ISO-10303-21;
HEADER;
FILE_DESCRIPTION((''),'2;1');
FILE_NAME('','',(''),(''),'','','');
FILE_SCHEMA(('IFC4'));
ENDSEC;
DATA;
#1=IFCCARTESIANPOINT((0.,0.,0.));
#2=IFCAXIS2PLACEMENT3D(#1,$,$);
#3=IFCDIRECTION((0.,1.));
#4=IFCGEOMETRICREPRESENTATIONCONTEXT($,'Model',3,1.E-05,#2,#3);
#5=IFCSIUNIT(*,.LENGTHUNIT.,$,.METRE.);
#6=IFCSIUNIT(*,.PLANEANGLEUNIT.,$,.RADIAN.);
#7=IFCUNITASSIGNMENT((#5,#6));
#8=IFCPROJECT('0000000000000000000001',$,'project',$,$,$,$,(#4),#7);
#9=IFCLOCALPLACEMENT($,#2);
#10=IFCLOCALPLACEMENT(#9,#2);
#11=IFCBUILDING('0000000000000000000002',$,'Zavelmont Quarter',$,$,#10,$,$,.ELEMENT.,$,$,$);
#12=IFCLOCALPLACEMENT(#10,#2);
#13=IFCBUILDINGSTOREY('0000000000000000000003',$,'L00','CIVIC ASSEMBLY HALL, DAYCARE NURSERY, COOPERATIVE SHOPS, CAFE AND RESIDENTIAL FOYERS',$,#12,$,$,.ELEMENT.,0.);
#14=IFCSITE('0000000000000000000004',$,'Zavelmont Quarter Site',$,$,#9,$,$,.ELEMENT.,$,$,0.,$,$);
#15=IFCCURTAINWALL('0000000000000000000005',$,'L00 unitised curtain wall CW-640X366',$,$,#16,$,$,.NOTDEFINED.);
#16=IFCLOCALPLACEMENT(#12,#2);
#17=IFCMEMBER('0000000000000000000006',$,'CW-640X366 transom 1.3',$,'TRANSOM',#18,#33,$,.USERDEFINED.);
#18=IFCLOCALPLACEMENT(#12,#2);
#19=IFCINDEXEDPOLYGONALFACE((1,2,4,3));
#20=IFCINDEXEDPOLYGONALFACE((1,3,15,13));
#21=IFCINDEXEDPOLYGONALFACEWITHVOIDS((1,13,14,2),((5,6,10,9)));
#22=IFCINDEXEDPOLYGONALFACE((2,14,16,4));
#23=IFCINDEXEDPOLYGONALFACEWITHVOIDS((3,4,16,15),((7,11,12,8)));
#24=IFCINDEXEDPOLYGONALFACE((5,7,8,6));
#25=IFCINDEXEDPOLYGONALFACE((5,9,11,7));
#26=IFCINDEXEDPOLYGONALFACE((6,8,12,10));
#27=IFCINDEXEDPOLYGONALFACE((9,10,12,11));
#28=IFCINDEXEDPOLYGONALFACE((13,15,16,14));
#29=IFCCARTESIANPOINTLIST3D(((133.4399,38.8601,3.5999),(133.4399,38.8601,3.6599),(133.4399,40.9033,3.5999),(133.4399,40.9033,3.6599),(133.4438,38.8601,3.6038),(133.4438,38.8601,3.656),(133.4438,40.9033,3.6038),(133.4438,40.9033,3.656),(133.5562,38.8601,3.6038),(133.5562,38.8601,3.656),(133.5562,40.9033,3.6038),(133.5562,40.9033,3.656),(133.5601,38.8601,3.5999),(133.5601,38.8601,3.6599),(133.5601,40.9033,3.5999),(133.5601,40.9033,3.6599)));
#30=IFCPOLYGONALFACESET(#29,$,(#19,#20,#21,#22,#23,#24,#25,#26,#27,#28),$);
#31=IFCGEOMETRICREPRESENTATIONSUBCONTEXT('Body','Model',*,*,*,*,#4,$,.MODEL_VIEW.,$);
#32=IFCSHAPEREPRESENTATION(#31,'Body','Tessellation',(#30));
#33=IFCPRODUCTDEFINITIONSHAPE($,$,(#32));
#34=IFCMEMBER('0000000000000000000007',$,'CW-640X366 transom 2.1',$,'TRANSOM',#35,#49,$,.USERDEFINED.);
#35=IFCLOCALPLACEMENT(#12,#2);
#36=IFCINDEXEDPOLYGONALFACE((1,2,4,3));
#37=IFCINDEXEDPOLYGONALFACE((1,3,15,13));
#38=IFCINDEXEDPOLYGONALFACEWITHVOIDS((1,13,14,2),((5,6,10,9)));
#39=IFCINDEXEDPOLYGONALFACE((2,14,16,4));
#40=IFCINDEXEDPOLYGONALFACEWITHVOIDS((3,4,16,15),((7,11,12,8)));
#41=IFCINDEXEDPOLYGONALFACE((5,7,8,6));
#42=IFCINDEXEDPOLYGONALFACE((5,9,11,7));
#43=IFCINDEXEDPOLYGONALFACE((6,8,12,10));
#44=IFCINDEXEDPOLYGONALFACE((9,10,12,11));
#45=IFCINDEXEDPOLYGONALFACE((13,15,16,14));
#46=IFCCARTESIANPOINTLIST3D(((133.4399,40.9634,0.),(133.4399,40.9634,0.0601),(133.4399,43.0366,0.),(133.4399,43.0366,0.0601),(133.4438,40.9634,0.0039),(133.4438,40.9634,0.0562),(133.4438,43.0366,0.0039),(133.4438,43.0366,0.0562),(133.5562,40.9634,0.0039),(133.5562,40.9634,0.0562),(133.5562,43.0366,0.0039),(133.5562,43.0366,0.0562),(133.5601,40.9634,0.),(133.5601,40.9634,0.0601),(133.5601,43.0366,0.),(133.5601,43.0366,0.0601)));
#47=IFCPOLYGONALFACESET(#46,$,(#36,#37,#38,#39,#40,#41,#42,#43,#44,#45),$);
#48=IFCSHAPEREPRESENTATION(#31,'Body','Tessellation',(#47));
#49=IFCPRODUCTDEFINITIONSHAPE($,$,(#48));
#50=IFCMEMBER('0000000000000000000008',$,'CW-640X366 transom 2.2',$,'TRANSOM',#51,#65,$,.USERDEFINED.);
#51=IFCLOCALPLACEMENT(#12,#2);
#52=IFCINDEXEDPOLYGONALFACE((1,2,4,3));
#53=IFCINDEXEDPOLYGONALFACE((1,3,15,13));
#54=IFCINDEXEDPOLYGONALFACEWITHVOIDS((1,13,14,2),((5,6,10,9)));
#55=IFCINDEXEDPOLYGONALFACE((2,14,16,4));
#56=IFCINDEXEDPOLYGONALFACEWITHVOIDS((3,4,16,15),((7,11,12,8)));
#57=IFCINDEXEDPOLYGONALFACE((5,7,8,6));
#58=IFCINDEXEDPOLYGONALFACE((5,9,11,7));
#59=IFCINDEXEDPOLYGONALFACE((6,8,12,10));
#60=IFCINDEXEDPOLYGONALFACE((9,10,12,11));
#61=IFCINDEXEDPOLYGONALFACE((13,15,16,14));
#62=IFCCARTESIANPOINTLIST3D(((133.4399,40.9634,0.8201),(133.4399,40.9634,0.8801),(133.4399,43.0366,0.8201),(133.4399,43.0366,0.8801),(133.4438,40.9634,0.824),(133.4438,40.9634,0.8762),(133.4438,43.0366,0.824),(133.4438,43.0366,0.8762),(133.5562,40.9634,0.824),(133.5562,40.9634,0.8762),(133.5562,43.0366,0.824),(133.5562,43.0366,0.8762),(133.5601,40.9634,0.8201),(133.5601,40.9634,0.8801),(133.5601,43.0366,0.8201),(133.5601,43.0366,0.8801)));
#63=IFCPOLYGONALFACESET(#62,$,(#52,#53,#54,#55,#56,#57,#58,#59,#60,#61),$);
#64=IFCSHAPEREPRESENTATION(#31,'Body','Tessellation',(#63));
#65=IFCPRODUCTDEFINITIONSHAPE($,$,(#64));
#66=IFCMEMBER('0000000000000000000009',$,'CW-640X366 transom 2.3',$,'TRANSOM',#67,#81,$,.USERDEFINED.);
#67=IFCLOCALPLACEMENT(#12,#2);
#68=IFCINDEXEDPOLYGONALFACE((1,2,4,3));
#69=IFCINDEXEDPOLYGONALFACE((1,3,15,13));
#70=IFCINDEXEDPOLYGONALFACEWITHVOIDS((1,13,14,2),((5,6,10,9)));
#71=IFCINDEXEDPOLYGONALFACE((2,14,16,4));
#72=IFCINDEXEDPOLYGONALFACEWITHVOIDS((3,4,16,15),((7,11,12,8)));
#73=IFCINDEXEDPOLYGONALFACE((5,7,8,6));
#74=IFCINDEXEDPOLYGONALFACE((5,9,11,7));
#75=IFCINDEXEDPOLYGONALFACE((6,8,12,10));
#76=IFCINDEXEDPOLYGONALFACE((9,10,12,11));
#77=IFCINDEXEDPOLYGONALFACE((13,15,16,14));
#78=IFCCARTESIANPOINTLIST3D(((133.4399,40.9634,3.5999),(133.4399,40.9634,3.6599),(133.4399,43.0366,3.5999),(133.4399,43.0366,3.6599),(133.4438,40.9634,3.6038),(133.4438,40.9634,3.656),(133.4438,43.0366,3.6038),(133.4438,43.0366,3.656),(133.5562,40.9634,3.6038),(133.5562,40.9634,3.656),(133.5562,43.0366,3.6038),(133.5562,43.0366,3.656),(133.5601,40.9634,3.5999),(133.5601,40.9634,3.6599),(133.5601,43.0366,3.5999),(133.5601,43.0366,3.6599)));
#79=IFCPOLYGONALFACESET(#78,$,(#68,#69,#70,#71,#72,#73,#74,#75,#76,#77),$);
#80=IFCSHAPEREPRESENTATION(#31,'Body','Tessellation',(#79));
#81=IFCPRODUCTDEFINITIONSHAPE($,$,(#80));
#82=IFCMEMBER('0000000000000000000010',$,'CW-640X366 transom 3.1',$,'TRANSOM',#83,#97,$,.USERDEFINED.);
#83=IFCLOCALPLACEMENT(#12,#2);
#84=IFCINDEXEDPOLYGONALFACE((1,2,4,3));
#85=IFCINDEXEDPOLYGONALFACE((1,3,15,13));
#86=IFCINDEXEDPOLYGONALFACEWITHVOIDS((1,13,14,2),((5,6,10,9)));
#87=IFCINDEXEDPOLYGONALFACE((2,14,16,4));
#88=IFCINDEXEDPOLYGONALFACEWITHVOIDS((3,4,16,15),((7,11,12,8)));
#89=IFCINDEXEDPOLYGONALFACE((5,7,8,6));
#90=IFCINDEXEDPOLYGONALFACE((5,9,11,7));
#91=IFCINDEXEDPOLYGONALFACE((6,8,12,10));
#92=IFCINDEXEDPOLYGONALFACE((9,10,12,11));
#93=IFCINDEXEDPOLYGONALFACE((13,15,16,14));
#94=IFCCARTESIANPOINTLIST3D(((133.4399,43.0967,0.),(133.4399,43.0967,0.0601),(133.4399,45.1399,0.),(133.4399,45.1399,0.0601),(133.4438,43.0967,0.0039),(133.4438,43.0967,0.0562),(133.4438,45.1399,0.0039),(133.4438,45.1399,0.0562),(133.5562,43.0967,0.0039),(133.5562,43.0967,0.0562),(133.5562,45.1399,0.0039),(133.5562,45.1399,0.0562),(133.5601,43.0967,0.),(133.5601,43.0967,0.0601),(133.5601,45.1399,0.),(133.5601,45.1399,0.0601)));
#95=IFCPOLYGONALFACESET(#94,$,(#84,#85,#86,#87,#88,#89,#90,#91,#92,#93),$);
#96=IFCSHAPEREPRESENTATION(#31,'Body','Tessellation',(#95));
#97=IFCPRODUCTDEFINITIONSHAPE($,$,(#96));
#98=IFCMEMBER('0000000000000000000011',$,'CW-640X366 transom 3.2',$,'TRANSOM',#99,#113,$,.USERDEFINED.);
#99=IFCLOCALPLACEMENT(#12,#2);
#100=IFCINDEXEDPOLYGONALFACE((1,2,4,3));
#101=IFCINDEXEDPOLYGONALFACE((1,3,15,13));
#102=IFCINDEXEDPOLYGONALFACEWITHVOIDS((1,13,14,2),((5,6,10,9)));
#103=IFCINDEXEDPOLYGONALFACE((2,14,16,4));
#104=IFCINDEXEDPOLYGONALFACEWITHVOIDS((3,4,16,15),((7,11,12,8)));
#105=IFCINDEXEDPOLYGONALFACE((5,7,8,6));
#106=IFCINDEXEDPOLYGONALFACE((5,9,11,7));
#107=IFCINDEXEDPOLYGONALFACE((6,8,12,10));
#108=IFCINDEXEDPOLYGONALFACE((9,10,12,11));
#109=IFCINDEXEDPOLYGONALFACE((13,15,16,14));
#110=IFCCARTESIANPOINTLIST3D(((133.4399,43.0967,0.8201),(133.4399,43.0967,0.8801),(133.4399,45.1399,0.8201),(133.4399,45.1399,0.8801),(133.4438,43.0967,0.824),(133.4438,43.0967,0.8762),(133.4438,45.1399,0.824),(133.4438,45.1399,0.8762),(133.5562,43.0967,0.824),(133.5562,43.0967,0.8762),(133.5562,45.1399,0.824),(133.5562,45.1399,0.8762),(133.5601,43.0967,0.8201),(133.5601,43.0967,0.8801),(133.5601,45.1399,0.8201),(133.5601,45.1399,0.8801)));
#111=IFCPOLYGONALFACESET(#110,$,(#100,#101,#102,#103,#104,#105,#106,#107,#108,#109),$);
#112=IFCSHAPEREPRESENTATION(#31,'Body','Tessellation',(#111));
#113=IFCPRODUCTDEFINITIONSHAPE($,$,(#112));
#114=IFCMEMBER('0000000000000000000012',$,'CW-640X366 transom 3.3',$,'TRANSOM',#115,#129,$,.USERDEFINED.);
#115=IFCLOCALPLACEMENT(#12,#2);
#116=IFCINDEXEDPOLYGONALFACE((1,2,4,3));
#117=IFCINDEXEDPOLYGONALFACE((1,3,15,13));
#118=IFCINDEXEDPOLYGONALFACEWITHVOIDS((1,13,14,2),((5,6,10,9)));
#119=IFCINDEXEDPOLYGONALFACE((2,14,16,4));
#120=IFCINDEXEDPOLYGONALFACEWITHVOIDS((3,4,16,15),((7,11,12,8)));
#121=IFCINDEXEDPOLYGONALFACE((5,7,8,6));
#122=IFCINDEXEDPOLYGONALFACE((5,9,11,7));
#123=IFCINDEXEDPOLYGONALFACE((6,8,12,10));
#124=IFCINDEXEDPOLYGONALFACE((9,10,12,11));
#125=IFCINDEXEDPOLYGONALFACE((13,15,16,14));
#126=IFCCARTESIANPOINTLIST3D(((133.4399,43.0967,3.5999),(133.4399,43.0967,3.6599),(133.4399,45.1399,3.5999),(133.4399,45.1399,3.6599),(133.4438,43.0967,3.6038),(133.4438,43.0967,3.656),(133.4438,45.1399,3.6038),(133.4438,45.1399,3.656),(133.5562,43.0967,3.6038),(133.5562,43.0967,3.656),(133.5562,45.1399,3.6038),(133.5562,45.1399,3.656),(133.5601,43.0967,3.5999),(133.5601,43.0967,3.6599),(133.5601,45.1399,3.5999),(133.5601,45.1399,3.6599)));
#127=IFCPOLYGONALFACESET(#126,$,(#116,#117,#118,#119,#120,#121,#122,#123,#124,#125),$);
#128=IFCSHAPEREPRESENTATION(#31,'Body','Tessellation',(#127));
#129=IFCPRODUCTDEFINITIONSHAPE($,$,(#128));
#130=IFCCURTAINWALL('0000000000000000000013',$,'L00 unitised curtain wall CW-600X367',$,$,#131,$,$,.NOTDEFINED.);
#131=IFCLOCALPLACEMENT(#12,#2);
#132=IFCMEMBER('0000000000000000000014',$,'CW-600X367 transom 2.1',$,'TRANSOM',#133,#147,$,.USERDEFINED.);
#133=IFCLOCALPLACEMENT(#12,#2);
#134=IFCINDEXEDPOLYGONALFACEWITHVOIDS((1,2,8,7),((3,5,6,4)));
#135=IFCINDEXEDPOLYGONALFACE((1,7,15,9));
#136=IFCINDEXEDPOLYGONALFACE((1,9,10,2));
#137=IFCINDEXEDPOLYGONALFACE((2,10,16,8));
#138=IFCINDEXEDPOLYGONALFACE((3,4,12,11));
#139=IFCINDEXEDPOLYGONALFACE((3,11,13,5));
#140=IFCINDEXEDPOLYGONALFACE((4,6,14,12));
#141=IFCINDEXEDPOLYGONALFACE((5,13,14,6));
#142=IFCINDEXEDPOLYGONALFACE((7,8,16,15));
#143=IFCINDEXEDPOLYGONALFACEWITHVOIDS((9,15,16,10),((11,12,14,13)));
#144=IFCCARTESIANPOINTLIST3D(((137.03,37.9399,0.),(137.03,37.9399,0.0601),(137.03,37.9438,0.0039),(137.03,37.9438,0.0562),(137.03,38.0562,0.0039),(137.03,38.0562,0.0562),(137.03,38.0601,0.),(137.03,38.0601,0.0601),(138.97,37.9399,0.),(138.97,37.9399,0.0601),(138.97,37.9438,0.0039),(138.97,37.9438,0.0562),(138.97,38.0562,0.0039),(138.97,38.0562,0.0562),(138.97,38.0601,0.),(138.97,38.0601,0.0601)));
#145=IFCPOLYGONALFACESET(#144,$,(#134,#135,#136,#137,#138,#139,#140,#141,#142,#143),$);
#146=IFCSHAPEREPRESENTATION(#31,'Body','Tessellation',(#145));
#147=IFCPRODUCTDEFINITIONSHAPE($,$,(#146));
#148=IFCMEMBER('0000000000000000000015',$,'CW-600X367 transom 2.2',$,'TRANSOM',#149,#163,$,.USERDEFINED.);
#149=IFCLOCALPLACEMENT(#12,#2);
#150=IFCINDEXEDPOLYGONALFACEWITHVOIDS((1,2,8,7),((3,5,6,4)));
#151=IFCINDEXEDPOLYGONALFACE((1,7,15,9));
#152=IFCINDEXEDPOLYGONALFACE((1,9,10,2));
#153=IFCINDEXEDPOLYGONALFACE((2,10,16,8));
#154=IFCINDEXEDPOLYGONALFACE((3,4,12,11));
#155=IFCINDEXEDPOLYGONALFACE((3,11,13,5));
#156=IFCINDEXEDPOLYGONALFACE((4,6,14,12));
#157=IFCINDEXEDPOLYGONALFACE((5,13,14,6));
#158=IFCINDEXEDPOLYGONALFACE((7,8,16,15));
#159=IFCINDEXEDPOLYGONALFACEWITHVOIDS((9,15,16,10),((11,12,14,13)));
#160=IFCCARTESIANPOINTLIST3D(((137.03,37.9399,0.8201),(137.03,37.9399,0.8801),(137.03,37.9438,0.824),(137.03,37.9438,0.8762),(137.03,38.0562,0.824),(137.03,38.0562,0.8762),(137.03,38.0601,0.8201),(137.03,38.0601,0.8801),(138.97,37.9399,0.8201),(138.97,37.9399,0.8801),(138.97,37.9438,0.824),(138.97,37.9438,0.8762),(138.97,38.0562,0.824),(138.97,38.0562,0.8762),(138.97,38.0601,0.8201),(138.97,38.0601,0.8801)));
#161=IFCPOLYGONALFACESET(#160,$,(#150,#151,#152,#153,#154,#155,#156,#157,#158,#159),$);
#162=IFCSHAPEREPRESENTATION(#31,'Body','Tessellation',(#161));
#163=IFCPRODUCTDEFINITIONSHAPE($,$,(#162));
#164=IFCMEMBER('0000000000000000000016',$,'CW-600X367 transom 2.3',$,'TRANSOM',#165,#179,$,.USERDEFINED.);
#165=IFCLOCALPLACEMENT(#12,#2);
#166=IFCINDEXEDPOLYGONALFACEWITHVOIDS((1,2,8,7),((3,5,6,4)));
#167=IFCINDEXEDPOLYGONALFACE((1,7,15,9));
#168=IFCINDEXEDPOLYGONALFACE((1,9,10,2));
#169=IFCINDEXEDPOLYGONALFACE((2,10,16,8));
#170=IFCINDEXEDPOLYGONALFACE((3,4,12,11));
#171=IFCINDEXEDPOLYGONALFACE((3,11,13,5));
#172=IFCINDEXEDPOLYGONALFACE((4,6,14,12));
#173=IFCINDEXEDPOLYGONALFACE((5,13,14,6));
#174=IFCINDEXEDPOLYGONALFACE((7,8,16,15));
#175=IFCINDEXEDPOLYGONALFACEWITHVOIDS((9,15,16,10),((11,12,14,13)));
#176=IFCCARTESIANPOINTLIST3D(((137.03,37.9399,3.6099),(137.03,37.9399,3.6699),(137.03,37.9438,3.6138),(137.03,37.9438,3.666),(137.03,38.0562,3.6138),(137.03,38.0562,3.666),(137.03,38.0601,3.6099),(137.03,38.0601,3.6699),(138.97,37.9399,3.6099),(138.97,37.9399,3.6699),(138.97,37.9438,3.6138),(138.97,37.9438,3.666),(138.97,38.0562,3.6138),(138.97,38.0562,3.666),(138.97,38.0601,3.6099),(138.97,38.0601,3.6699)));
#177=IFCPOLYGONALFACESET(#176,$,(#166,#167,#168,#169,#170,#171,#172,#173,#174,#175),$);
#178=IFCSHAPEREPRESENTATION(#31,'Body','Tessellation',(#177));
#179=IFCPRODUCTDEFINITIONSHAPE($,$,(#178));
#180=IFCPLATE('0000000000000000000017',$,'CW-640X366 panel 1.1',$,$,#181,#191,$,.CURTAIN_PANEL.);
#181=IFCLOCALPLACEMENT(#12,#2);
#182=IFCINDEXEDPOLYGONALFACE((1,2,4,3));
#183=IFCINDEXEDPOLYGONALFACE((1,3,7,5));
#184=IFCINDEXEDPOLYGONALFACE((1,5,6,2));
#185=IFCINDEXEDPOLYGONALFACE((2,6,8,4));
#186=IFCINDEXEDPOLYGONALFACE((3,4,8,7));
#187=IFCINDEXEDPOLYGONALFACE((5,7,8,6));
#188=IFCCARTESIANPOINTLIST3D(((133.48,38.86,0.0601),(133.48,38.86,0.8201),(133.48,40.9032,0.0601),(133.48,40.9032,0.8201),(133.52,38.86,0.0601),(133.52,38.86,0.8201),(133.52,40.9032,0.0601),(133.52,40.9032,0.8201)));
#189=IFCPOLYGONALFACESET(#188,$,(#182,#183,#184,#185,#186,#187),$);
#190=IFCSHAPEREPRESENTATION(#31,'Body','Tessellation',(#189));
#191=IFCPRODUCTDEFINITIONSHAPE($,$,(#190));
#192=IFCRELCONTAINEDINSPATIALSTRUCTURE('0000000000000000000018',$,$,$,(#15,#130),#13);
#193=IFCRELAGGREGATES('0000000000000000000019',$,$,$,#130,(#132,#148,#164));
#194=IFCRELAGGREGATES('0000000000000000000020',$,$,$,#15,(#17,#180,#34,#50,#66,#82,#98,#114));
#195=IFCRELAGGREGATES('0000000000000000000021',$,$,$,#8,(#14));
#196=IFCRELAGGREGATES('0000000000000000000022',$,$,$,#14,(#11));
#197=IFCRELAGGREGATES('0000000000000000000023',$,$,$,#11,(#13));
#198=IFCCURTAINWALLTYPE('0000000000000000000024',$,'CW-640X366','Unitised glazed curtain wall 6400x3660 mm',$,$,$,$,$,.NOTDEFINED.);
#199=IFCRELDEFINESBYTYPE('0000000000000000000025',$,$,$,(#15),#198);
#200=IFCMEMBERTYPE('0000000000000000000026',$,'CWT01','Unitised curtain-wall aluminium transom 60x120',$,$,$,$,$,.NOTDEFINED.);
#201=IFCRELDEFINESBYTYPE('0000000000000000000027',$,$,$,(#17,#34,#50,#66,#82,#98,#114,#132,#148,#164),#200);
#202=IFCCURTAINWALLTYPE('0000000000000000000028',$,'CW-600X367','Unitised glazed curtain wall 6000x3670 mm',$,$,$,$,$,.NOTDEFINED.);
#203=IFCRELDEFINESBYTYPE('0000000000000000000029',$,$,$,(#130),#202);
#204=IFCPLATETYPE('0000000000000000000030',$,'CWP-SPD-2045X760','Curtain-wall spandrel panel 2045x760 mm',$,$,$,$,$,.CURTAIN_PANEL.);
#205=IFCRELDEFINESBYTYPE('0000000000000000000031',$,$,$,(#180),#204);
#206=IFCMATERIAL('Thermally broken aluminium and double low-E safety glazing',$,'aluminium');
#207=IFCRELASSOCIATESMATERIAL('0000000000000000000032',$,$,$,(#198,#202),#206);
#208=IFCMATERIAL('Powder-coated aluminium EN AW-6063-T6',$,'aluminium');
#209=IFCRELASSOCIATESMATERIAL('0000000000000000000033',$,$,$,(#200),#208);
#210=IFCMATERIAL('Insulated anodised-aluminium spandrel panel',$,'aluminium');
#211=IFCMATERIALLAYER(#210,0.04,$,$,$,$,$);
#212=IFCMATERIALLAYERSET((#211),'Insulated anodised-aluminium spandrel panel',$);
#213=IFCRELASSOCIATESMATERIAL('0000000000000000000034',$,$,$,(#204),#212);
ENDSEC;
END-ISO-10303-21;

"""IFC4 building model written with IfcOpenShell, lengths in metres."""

from ifc_helpers import new_model, si_unit, direction, frame, origin, origin_2d, place, context, subcontext, project, spatial, rectangle, hollow_rectangle, extrude, material, layer, layer_set, material_profile, profile_set, type_object, element, aggregate, save


model = new_model("IFC4")

# Units and contexts
model_context = context("Model", 3, precision=1e-05, world=origin(), true_north=direction((0.0, 1.0)))
body_context = subcontext(model_context, "Body", "Model", "MODEL_VIEW")
ifc_project = project(units=[si_unit("LENGTHUNIT", "METRE"), si_unit("PLANEANGLEUNIT", "RADIAN")], contexts=[model_context])

# Site, building, storey
site_placement = place(None, origin())
site = spatial("IfcSite", under=ifc_project, at=site_placement, Name="Zavelmont Quarter Site", CompositionType="ELEMENT", RefElevation=0.0)
building_placement = place(site_placement, origin())
building = spatial("IfcBuilding", under=site, at=building_placement, Name="Zavelmont Quarter", CompositionType="ELEMENT")
storey_placement = place(building_placement, origin())
storey = spatial("IfcBuildingStorey", under=building, at=storey_placement, Name="L00", Description="CIVIC ASSEMBLY HALL, DAYCARE NURSERY, COOPERATIVE SHOPS, CAFE AND RESIDENTIAL FOYERS", CompositionType="ELEMENT", Elevation=0.0)

# Curtain walls, members
ifc_material_1 = material(Name="Thermally broken aluminium and double low-E safety glazing", Category="aluminium")
curtain_wall_type_1 = type_object("IfcCurtainWallType", Name="CW-640X366", Description="Unitised glazed curtain wall 6400x3660 mm", PredefinedType="NOTDEFINED", material=ifc_material_1)
curtain_wall_1_placement = place(storey_placement, origin())
curtain_wall_1 = element("IfcCurtainWall", 1, at=curtain_wall_1_placement, inside=storey, type_object=curtain_wall_type_1, Name="L00 unitised curtain wall CW-640X366", PredefinedType="NOTDEFINED")
ifc_material_2 = material(Name="Powder-coated aluminium EN AW-6063-T6", Category="aluminium")
ifc_material_profile_1 = material_profile(ifc_material_2, hollow_rectangle(XDim=0.1201, YDim=0.0601, WallThickness=0.0039, at=origin_2d()), Name="CWT60X120")
ifc_profile_set_1 = profile_set([ifc_material_profile_1], Name="Powder-coated aluminium EN AW-6063-T6")
member_type_1 = type_object("IfcMemberType", Name="CWT01", Description="Unitised curtain-wall aluminium transom 60x120", PredefinedType="NOTDEFINED", material=ifc_profile_set_1)
member_1_placement = place(storey_placement, frame((133.5, 38.8601, 3.6299), z_axis=(0.0, 1.0, 0.0), x_axis=(-1.0, 0.0, 0.0)))
member_1 = element("IfcMember", 2, at=member_1_placement, type_object=member_type_1, Name="CW-640X366 transom 1.3", ObjectType="TRANSOM", PredefinedType="USERDEFINED", context=body_context, shape_type="SweptSolid", body=[
    extrude(hollow_rectangle(XDim=0.1201, YDim=0.0601, WallThickness=0.0039, at=origin_2d()), origin(), (0.0, 0.0, 1.0), 2.0432),
])
member_2_placement = place(storey_placement, frame((133.5, 40.9634, 0.03), z_axis=(0.0, 1.0, 0.0), x_axis=(-1.0, 0.0, 0.0)))
member_2 = element("IfcMember", 3, at=member_2_placement, type_object=member_type_1, Name="CW-640X366 transom 2.1", ObjectType="TRANSOM", PredefinedType="USERDEFINED", context=body_context, shape_type="SweptSolid", body=[
    extrude(hollow_rectangle(XDim=0.1201, YDim=0.0601, WallThickness=0.0039, at=origin_2d()), origin(), (0.0, 0.0, 1.0), 2.0732),
])
member_3_placement = place(storey_placement, frame((133.5, 40.9634, 0.8501), z_axis=(0.0, 1.0, 0.0), x_axis=(-1.0, 0.0, 0.0)))
member_3 = element("IfcMember", 4, at=member_3_placement, type_object=member_type_1, Name="CW-640X366 transom 2.2", ObjectType="TRANSOM", PredefinedType="USERDEFINED", context=body_context, shape_type="SweptSolid", body=[
    extrude(hollow_rectangle(XDim=0.1201, YDim=0.0601, WallThickness=0.0039, at=origin_2d()), origin(), (0.0, 0.0, 1.0), 2.0732),
])
member_4_placement = place(storey_placement, frame((133.5, 40.9634, 3.6299), z_axis=(0.0, 1.0, 0.0), x_axis=(-1.0, 0.0, 0.0)))
member_4 = element("IfcMember", 5, at=member_4_placement, type_object=member_type_1, Name="CW-640X366 transom 2.3", ObjectType="TRANSOM", PredefinedType="USERDEFINED", context=body_context, shape_type="SweptSolid", body=[
    extrude(hollow_rectangle(XDim=0.1201, YDim=0.0601, WallThickness=0.0039, at=origin_2d()), origin(), (0.0, 0.0, 1.0), 2.0732),
])
member_5_placement = place(storey_placement, frame((133.5, 43.0967, 0.03), z_axis=(0.0, 1.0, 0.0), x_axis=(-1.0, 0.0, 0.0)))
member_5 = element("IfcMember", 6, at=member_5_placement, type_object=member_type_1, Name="CW-640X366 transom 3.1", ObjectType="TRANSOM", PredefinedType="USERDEFINED", context=body_context, shape_type="SweptSolid", body=[
    extrude(hollow_rectangle(XDim=0.1201, YDim=0.0601, WallThickness=0.0039, at=origin_2d()), origin(), (0.0, 0.0, 1.0), 2.0432),
])
member_6_placement = place(storey_placement, frame((133.5, 43.0967, 0.8501), z_axis=(0.0, 1.0, 0.0), x_axis=(-1.0, 0.0, 0.0)))
member_6 = element("IfcMember", 7, at=member_6_placement, type_object=member_type_1, Name="CW-640X366 transom 3.2", ObjectType="TRANSOM", PredefinedType="USERDEFINED", context=body_context, shape_type="SweptSolid", body=[
    extrude(hollow_rectangle(XDim=0.1201, YDim=0.0601, WallThickness=0.0039, at=origin_2d()), origin(), (0.0, 0.0, 1.0), 2.0432),
])
member_7_placement = place(storey_placement, frame((133.5, 43.0967, 3.6299), z_axis=(0.0, 1.0, 0.0), x_axis=(-1.0, 0.0, 0.0)))
member_7 = element("IfcMember", 8, at=member_7_placement, type_object=member_type_1, Name="CW-640X366 transom 3.3", ObjectType="TRANSOM", PredefinedType="USERDEFINED", context=body_context, shape_type="SweptSolid", body=[
    extrude(hollow_rectangle(XDim=0.1201, YDim=0.0601, WallThickness=0.0039, at=origin_2d()), origin(), (0.0, 0.0, 1.0), 2.0432),
])
curtain_wall_type_2 = type_object("IfcCurtainWallType", Name="CW-600X367", Description="Unitised glazed curtain wall 6000x3670 mm", PredefinedType="NOTDEFINED", material=ifc_material_1)
curtain_wall_2_placement = place(storey_placement, origin())
curtain_wall_2 = element("IfcCurtainWall", 9, at=curtain_wall_2_placement, inside=storey, type_object=curtain_wall_type_2, Name="L00 unitised curtain wall CW-600X367", PredefinedType="NOTDEFINED")
member_8_placement = place(storey_placement, frame((137.03, 38.0, 0.03), z_axis=(1.0, 0.0, 0.0), x_axis=(0.0, 1.0, 0.0)))
member_8 = element("IfcMember", 10, at=member_8_placement, type_object=member_type_1, Name="CW-600X367 transom 2.1", ObjectType="TRANSOM", PredefinedType="USERDEFINED", context=body_context, shape_type="SweptSolid", body=[
    extrude(hollow_rectangle(XDim=0.1201, YDim=0.0601, WallThickness=0.0039, at=origin_2d()), origin(), (0.0, 0.0, 1.0), 1.9399),
])
member_9_placement = place(storey_placement, frame((137.03, 38.0, 0.8501), z_axis=(1.0, 0.0, 0.0), x_axis=(0.0, 1.0, 0.0)))
member_9 = element("IfcMember", 11, at=member_9_placement, type_object=member_type_1, Name="CW-600X367 transom 2.2", ObjectType="TRANSOM", PredefinedType="USERDEFINED", context=body_context, shape_type="SweptSolid", body=[
    extrude(hollow_rectangle(XDim=0.1201, YDim=0.0601, WallThickness=0.0039, at=origin_2d()), origin(), (0.0, 0.0, 1.0), 1.9399),
])
member_10_placement = place(storey_placement, frame((137.03, 38.0, 3.6399), z_axis=(1.0, 0.0, 0.0), x_axis=(0.0, 1.0, 0.0)))
member_10 = element("IfcMember", 12, at=member_10_placement, type_object=member_type_1, Name="CW-600X367 transom 2.3", ObjectType="TRANSOM", PredefinedType="USERDEFINED", context=body_context, shape_type="SweptSolid", body=[
    extrude(hollow_rectangle(XDim=0.1201, YDim=0.0601, WallThickness=0.0039, at=origin_2d()), origin(), (0.0, 0.0, 1.0), 1.9399),
])
aggregate(curtain_wall_2, [member_8, member_9, member_10])

# Plate
ifc_material_3 = material(Name="Insulated anodised-aluminium spandrel panel", Category="aluminium")
ifc_layer_1 = layer(ifc_material_3, 0.04)
ifc_layer_set_1 = layer_set([ifc_layer_1], Name="Insulated anodised-aluminium spandrel panel")
plate_type_1 = type_object("IfcPlateType", Name="CWP-SPD-2045X760", Description="Curtain-wall spandrel panel 2045x760 mm", PredefinedType="CURTAIN_PANEL", material=ifc_layer_set_1)
plate_1_placement = place(storey_placement, frame((133.5, 39.8816, 0.0601), z_axis=(0.0, 0.0, 1.0), x_axis=(0.0, 1.0, 0.0)))
plate_1 = element("IfcPlate", 13, at=plate_1_placement, type_object=plate_type_1, Name="CW-640X366 panel 1.1", PredefinedType="CURTAIN_PANEL", context=body_context, shape_type="SweptSolid", body=[
    extrude(rectangle(XDim=2.0432, YDim=0.04, at=origin_2d()), origin(), (0.0, 0.0, 1.0), 0.76),
])
aggregate(curtain_wall_1, [member_1, plate_1, member_2, member_3, member_4, member_5, member_6, member_7])

save(model, "model.ifc")
